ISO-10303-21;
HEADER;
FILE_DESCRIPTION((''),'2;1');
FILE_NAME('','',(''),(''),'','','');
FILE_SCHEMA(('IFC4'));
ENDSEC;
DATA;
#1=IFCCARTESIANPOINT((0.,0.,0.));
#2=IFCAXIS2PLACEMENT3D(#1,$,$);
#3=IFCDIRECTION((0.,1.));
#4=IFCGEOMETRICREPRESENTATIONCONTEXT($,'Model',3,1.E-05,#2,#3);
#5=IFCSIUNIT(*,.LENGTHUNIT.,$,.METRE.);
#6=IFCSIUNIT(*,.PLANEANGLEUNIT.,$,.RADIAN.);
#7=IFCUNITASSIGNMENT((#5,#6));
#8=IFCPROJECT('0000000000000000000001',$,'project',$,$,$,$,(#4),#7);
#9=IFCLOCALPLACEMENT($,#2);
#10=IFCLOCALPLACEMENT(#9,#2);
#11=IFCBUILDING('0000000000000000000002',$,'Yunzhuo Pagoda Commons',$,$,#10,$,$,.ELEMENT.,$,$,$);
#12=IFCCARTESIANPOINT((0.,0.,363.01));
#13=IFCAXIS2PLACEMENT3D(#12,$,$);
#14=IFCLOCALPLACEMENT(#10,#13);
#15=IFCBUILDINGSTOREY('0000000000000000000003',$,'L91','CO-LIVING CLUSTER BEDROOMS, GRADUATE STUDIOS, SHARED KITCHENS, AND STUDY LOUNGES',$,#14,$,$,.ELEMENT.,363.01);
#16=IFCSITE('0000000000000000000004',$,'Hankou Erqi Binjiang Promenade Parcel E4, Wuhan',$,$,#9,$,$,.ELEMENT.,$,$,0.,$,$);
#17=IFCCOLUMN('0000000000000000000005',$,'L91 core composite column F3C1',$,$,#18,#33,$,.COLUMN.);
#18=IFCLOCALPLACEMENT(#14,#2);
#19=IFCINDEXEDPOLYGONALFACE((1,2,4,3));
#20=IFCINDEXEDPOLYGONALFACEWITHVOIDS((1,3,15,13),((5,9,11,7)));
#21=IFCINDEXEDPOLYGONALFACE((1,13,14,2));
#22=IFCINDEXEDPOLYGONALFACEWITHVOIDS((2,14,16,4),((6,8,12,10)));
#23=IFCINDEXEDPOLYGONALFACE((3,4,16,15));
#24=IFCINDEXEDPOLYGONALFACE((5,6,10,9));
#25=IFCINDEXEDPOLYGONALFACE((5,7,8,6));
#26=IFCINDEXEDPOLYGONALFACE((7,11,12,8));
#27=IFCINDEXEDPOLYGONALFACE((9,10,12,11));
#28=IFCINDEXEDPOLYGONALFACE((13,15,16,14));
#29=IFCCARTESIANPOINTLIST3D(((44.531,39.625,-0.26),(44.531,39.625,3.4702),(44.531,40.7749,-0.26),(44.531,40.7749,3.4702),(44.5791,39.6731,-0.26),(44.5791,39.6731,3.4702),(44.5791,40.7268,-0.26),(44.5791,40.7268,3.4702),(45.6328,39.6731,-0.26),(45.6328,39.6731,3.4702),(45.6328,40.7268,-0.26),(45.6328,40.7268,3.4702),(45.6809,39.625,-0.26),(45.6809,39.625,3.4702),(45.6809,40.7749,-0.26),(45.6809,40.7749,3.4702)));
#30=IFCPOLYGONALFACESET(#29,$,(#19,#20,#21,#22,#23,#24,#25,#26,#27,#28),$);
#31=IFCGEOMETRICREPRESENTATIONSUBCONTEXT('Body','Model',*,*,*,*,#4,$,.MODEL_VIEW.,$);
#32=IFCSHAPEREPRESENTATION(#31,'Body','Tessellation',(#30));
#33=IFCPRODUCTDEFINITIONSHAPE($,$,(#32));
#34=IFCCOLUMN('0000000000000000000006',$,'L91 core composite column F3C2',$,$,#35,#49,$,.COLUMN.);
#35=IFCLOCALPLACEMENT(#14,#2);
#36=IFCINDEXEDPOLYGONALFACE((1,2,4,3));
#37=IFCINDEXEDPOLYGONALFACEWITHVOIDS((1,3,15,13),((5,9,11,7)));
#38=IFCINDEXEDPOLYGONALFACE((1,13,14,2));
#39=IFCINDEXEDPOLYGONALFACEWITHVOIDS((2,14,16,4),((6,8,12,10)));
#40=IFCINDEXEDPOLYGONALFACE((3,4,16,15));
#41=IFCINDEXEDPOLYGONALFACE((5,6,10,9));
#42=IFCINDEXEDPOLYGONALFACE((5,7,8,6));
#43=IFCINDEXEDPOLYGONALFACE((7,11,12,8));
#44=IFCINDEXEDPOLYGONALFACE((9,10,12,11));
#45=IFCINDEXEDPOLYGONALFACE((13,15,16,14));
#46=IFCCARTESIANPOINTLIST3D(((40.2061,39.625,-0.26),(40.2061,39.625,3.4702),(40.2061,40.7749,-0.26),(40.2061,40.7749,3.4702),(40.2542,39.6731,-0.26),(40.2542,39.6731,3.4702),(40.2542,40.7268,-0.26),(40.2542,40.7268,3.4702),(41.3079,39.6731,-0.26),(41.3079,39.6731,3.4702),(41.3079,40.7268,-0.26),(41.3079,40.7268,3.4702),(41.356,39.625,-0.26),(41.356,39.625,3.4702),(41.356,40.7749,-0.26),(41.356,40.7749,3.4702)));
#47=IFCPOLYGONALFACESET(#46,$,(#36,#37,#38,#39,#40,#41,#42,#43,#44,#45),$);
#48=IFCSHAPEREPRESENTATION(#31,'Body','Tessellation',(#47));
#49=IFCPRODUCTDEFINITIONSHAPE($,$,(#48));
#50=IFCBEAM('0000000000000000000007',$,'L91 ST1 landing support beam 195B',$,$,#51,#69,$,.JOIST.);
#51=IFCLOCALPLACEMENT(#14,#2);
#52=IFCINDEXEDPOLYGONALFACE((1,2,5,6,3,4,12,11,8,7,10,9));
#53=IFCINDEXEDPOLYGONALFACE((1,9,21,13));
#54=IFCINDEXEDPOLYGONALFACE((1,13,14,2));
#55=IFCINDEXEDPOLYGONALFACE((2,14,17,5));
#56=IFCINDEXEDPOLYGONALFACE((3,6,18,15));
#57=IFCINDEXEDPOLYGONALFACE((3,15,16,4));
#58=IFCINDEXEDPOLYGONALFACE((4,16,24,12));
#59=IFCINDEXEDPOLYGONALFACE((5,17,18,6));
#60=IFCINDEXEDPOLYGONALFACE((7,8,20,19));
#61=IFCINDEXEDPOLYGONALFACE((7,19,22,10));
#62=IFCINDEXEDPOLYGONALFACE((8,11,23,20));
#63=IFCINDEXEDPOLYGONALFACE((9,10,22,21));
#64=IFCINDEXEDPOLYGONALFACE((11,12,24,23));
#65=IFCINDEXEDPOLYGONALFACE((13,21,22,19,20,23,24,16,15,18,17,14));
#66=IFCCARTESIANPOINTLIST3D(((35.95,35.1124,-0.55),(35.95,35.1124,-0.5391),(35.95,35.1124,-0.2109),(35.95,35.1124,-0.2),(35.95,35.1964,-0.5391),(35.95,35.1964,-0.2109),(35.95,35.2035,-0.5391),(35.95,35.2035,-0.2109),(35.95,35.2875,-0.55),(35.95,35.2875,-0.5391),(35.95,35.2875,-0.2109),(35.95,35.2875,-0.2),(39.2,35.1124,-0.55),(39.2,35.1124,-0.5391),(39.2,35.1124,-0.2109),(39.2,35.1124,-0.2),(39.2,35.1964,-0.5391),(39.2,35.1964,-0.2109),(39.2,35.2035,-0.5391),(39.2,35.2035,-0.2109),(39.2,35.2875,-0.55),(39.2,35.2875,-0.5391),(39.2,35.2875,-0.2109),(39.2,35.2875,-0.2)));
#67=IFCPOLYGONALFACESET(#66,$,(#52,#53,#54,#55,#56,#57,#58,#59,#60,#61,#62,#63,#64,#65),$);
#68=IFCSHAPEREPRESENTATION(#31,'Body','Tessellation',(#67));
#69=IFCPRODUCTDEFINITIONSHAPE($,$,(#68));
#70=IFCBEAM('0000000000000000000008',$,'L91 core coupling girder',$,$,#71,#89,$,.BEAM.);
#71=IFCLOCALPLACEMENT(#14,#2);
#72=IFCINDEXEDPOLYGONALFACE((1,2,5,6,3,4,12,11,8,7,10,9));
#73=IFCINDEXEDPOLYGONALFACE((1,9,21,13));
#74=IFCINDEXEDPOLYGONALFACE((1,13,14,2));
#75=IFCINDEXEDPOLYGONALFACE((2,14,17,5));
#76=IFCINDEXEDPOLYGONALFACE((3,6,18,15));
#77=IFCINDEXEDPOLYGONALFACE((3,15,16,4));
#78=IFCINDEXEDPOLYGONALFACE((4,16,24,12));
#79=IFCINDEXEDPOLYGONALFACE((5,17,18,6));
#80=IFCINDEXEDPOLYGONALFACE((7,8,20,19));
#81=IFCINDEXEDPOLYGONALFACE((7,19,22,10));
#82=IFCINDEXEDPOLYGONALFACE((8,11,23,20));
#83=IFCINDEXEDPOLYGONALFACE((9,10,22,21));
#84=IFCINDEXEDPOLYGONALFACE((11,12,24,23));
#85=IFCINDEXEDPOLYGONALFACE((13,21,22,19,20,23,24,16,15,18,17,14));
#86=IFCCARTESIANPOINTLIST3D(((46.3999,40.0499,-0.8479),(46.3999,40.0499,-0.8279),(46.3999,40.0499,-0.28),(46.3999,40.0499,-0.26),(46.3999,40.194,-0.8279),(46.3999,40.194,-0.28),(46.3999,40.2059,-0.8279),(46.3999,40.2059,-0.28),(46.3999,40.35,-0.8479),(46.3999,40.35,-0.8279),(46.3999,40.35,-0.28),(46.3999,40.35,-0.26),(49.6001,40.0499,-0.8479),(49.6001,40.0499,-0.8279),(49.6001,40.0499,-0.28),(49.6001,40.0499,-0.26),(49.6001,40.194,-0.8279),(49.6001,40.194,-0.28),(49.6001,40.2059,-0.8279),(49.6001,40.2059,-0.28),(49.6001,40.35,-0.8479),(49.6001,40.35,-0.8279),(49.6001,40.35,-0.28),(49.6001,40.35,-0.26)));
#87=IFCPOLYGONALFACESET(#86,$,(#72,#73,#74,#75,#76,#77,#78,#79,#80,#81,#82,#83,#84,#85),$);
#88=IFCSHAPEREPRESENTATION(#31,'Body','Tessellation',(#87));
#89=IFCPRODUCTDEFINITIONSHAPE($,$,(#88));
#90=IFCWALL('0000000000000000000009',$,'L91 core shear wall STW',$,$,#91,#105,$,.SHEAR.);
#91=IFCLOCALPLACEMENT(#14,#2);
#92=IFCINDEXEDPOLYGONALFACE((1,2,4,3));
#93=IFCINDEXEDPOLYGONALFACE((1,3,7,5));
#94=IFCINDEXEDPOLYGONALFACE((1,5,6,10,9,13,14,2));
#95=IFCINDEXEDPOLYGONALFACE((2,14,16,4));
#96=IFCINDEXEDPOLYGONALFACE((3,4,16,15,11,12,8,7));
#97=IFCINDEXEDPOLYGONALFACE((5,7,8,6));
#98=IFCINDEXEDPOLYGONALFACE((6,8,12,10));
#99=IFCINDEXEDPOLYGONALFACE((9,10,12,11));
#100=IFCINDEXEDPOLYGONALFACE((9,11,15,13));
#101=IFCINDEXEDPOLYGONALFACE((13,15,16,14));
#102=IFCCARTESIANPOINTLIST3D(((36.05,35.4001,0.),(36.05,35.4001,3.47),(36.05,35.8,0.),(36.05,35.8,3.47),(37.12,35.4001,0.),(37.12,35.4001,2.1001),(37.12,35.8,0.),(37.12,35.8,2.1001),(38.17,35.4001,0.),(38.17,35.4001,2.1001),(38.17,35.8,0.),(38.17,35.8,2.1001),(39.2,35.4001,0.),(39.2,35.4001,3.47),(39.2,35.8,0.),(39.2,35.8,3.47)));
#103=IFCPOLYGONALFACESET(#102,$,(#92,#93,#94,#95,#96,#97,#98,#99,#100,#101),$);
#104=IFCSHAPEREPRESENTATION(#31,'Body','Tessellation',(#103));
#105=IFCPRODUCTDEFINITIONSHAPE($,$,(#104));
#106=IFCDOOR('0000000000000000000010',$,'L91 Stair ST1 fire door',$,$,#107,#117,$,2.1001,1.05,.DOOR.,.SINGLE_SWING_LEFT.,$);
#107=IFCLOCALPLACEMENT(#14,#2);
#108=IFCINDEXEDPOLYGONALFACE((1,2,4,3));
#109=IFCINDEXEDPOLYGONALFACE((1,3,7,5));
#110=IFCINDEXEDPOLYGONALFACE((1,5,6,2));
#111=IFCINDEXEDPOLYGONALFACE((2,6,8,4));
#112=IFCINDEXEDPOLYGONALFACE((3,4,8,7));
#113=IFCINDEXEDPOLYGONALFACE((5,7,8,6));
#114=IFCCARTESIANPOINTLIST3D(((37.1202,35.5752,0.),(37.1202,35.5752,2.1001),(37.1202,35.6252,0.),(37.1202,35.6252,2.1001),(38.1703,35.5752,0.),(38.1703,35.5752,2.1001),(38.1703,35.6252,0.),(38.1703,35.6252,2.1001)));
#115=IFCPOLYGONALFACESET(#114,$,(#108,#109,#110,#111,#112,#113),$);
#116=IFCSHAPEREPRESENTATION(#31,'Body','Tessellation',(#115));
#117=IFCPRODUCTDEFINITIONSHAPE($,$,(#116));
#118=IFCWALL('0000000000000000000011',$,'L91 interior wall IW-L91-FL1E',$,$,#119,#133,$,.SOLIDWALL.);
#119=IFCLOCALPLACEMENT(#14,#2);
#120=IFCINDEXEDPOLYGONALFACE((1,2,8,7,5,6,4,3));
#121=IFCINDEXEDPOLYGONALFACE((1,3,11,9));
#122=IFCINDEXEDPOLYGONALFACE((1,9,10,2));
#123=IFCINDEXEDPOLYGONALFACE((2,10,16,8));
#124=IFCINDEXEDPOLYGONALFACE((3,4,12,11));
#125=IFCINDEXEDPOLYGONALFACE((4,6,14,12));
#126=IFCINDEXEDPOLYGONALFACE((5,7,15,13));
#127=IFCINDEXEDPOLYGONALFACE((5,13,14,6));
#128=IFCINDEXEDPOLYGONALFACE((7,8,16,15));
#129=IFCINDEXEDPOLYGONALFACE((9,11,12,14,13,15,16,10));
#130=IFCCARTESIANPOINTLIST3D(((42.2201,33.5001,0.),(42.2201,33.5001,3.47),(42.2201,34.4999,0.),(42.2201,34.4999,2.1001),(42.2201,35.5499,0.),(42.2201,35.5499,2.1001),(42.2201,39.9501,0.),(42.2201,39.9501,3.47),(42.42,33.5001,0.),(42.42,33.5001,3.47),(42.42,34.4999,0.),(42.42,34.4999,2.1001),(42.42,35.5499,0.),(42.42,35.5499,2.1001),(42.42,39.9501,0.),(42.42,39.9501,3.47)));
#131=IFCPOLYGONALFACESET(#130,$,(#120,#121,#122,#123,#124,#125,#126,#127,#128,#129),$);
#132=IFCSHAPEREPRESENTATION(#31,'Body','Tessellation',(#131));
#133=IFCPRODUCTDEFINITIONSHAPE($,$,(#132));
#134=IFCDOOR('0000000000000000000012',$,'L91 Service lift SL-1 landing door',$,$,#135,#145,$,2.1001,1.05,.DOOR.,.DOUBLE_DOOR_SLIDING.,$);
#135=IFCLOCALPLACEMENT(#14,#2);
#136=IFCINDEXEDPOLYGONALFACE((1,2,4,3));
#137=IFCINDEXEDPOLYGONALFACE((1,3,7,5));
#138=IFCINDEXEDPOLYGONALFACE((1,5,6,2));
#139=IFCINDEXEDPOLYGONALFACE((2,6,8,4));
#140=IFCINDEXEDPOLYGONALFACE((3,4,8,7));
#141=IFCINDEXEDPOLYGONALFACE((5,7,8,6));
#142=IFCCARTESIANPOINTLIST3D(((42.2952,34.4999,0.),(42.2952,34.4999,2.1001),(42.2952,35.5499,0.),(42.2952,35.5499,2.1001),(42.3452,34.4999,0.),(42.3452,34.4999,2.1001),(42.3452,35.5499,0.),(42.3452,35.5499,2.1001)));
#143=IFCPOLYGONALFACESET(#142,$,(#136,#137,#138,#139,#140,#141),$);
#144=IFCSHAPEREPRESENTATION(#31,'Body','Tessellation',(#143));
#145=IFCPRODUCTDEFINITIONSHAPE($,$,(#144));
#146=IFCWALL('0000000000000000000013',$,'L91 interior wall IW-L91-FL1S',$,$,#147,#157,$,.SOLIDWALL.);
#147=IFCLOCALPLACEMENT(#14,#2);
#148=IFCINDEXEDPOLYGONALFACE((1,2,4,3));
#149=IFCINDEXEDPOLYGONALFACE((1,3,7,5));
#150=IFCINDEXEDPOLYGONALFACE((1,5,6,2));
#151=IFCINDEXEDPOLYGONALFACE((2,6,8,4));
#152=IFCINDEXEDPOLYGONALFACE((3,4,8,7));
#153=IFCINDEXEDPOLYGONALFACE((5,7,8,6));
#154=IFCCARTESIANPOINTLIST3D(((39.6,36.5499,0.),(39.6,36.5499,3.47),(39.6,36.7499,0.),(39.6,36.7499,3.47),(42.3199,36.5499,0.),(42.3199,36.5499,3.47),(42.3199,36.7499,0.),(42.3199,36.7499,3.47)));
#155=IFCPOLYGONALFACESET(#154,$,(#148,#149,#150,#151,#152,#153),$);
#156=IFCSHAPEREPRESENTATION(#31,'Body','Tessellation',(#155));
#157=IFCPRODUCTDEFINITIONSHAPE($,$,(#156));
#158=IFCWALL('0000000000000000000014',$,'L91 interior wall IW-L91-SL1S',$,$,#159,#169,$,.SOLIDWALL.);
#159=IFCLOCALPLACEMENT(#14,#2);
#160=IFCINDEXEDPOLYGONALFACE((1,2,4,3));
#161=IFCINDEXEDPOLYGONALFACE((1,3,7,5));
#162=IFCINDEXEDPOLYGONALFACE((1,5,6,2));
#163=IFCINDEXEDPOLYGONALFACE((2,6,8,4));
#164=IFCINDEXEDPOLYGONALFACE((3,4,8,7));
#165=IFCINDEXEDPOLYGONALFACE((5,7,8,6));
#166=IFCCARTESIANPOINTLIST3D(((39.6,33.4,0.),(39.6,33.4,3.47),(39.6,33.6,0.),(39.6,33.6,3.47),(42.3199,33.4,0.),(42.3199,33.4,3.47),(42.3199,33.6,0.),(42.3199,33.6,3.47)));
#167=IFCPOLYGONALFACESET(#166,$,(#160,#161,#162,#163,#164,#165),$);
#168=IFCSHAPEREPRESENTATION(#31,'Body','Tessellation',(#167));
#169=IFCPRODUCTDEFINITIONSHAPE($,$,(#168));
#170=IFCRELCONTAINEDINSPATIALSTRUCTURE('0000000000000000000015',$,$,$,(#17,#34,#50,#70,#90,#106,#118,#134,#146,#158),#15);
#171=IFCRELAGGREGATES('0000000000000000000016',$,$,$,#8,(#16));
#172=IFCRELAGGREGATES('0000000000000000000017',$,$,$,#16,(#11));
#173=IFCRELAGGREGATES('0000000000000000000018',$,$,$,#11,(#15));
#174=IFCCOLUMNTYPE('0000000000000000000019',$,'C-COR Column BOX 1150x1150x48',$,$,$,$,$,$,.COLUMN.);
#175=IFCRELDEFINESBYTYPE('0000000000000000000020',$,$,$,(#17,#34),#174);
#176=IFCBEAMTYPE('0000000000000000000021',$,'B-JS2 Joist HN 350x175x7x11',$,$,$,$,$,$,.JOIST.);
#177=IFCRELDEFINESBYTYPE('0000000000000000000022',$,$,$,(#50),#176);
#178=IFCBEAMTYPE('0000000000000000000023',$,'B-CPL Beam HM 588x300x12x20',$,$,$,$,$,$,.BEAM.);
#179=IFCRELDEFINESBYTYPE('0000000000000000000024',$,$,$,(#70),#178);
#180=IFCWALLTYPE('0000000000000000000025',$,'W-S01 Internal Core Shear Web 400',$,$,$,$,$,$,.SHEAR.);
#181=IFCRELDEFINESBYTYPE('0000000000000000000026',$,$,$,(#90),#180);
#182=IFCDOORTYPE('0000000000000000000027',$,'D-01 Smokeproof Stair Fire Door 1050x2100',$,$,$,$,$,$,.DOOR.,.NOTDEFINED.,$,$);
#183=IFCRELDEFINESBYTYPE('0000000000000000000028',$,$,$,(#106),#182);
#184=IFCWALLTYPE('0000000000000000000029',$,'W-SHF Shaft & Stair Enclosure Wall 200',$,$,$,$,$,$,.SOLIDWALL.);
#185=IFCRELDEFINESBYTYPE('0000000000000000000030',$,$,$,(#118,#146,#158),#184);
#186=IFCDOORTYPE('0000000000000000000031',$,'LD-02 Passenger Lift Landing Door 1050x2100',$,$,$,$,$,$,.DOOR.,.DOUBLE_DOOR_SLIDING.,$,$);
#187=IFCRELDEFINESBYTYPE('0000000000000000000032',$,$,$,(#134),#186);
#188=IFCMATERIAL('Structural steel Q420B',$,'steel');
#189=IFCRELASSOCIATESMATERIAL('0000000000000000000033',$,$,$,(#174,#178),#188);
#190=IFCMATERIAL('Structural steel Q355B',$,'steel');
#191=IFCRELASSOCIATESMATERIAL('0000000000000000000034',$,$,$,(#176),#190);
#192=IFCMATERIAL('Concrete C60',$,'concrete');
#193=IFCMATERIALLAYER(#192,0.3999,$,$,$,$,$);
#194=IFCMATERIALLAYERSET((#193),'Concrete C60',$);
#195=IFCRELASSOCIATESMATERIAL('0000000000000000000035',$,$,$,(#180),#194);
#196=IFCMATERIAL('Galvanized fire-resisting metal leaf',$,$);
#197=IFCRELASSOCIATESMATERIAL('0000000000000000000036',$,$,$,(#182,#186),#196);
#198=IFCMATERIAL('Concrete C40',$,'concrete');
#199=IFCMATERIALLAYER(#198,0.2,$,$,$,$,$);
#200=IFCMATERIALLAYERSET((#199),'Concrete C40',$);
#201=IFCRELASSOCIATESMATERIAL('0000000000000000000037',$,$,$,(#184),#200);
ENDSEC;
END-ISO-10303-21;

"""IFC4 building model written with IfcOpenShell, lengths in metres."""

from ifc_helpers import new_model, si_unit, direction, frame, frame_2d, origin, origin_with_axes, origin_2d, place, context, subcontext, project, spatial, rectangle, hollow_rectangle, i_section, extrude, source, transform, mapped, material, layer, layer_set, material_profile, profile_set, type_object, element, fill, save


model = new_model("IFC4")

# Units and contexts
model_context = context("Model", 3, precision=1e-05, world=origin(), true_north=direction((0.0, 1.0)))
body_context = subcontext(model_context, "Body", "Model", "MODEL_VIEW")
ifc_project = project(units=[si_unit("LENGTHUNIT", "METRE"), si_unit("PLANEANGLEUNIT", "RADIAN")], contexts=[model_context])

# Site, building, storey
site_placement = place(None, origin())
site = spatial("IfcSite", under=ifc_project, at=site_placement, Name="Hankou Erqi Binjiang Promenade Parcel E4, Wuhan", CompositionType="ELEMENT", RefElevation=0.0)
building_placement = place(site_placement, origin())
building = spatial("IfcBuilding", under=site, at=building_placement, Name="Yunzhuo Pagoda Commons", CompositionType="ELEMENT")
storey_placement = place(building_placement, frame((0.0, 0.0, 363.01)))
storey = spatial("IfcBuildingStorey", under=building, at=storey_placement, Name="L91", Description="CO-LIVING CLUSTER BEDROOMS, GRADUATE STUDIOS, SHARED KITCHENS, AND STUDY LOUNGES", CompositionType="ELEMENT", Elevation=363.01)

# Columns
ifc_material_1 = material(Name="Structural steel Q420B", Category="steel")
ifc_material_profile_1 = material_profile(ifc_material_1, hollow_rectangle(XDim=1.1499, YDim=1.1499, WallThickness=0.0481, at=origin_2d()), Name="Structural steel Q420B")
ifc_profile_set_1 = profile_set([ifc_material_profile_1], Name="Structural steel Q420B")
column_type = type_object("IfcColumnType", Name="C-COR Column BOX 1150x1150x48", PredefinedType="COLUMN", material=ifc_profile_set_1)
shared_shape_1 = source(origin(), body_context, "Body", "SweptSolid", [
    extrude(hollow_rectangle(XDim=1.1499, YDim=1.1499, WallThickness=0.0481, at=origin_2d()), origin(), (0.0, 0.0, 1.0), 3.7302),
])
for number, where, z_axis, x_axis, name in (
    (1, (45.106, 40.2, -0.26), (0.0, 0.0, 1.0), (1.0, 0.0, 0.0), "L91 core composite column F3C1"),
    (2, (40.781, 40.2, -0.26), (0.0, 0.0, 1.0), (1.0, 0.0, 0.0), "L91 core composite column F3C2"),
):
    element("IfcColumn", number, at=place(storey_placement, frame(where, z_axis=z_axis, x_axis=x_axis)), inside=storey, type_object=column_type, Name=name, PredefinedType="COLUMN", context=body_context, shape_type="MappedRepresentation", body=[
        mapped(shared_shape_1, transform((0.0, 0.0, 0.0), scale=1.0)),
    ])

# Beams
ifc_material_2 = material(Name="Structural steel Q355B", Category="steel")
ifc_material_profile_2 = material_profile(ifc_material_2, i_section(OverallWidth=0.175, OverallDepth=0.3501, WebThickness=0.0071, FlangeThickness=0.011, at=origin_2d()), Name="Structural steel Q355B")
ifc_profile_set_2 = profile_set([ifc_material_profile_2], Name="Structural steel Q355B")
beam_type_1 = type_object("IfcBeamType", Name="B-JS2 Joist HN 350x175x7x11", PredefinedType="JOIST", material=ifc_profile_set_2)
shared_shape_2 = source(origin(), body_context, "Body", "SweptSolid", [
    extrude(i_section(OverallWidth=0.175, OverallDepth=0.3501, WebThickness=0.0071, FlangeThickness=0.011, at=origin_2d()), origin(), (0.0, 0.0, 1.0), 3.25),
])
beam_1_placement = place(storey_placement, frame((35.95, 35.2, -0.375), z_axis=(1.0, 0.0, 0.0), x_axis=(0.0, 1.0, 0.0)))
element("IfcBeam", 3, at=beam_1_placement, inside=storey, type_object=beam_type_1, Name="L91 ST1 landing support beam 195B", PredefinedType="JOIST", context=body_context, shape_type="MappedRepresentation", body=[
    mapped(shared_shape_2, transform((0.0, 0.0, 0.0), scale=1.0)),
])
ifc_material_profile_3 = material_profile(ifc_material_1, i_section(OverallWidth=0.3, OverallDepth=0.5879, WebThickness=0.012, FlangeThickness=0.02, at=origin_2d()), Name="Structural steel Q420B")
ifc_profile_set_3 = profile_set([ifc_material_profile_3], Name="Structural steel Q420B")
beam_type_2 = type_object("IfcBeamType", Name="B-CPL Beam HM 588x300x12x20", PredefinedType="BEAM", material=ifc_profile_set_3)
shared_shape_3 = source(origin(), body_context, "Body", "SweptSolid", [
    extrude(i_section(OverallWidth=0.3, OverallDepth=0.5879, WebThickness=0.012, FlangeThickness=0.02, at=origin_2d()), origin(), (0.0, 0.0, 1.0), 3.2002),
])
beam_2_placement = place(storey_placement, frame((46.3999, 40.2, -0.554), z_axis=(1.0, 0.0, 0.0), x_axis=(0.0, 1.0, 0.0)))
element("IfcBeam", 4, at=beam_2_placement, inside=storey, type_object=beam_type_2, Name="L91 core coupling girder", PredefinedType="BEAM", context=body_context, shape_type="MappedRepresentation", body=[
    mapped(shared_shape_3, transform((0.0, 0.0, 0.0), scale=1.0)),
])

# Walls, openings, doors
ifc_material_3 = material(Name="Concrete C60", Category="concrete")
ifc_layer_1 = layer(ifc_material_3, 0.3999)
ifc_layer_set_1 = layer_set([ifc_layer_1], Name="Concrete C60")
wall_type_1 = type_object("IfcWallType", Name="W-S01 Internal Core Shear Web 400", PredefinedType="SHEAR", material=ifc_layer_set_1)
wall_1_placement = place(storey_placement, frame((36.05, 35.6001, 0.0), z_axis=(0.0, 0.0, 1.0), x_axis=(1.0, 0.0, 0.0)))
wall_1 = element("IfcWall", 5, at=wall_1_placement, inside=storey, type_object=wall_type_1, Name="L91 core shear wall STW", PredefinedType="SHEAR", context=body_context, shape_type="SweptSolid", body=[
    extrude(rectangle(XDim=3.1499, YDim=0.3999, at=frame_2d((1.575, 0.0))), origin(), (0.0, 0.0, 1.0), 3.47),
])
opening_1_placement = place(wall_1_placement, frame((1.0701, 0.0, 0.0)))
opening_1 = element("IfcOpeningElement", 6, at=opening_1_placement, cuts=wall_1, PredefinedType="OPENING", context=body_context, shape_type="SweptSolid", body=[
    extrude(rectangle(XDim=1.05, YDim=2.1001, at=frame_2d((0.5249, 1.05))), frame((0.0, 0.21, 0.0), z_axis=(0.0, -1.0, 0.0), x_axis=(1.0, 0.0, 0.0)), (0.0, 0.0, 1.0), 0.4199),
])
ifc_material_4 = material(Name="Galvanized fire-resisting metal leaf")
door_type_1 = type_object("IfcDoorType", Name="D-01 Smokeproof Stair Fire Door 1050x2100", OperationType="NOTDEFINED", PredefinedType="DOOR", material=ifc_material_4)
shared_shape_4 = source(origin(), body_context, "Body", "SweptSolid", [
    extrude(rectangle(XDim=1.05, YDim=2.1001, at=frame_2d((0.5249, 1.05))), frame((0.0, 0.0249, 0.0), z_axis=(0.0, -1.0, 0.0), x_axis=(1.0, 0.0, 0.0)), (0.0, 0.0, 1.0), 0.05),
])
door_1_placement = place(opening_1_placement, frame((1.05, 0.0, 0.0), z_axis=(0.0, 0.0, 1.0), x_axis=(-1.0, 0.0, 0.0)))
door_1 = element("IfcDoor", 7, at=door_1_placement, inside=storey, type_object=door_type_1, Name="L91 Stair ST1 fire door", OperationType="SINGLE_SWING_LEFT", OverallHeight=2.1001, OverallWidth=1.05, PredefinedType="DOOR", context=body_context, shape_type="MappedRepresentation", body=[
    mapped(shared_shape_4, transform((0.0, 0.0, 0.0), scale=1.0)),
])
fill(opening_1, door_1)
ifc_material_5 = material(Name="Concrete C40", Category="concrete")
ifc_layer_2 = layer(ifc_material_5, 0.2)
ifc_layer_set_2 = layer_set([ifc_layer_2], Name="Concrete C40")
wall_type_2 = type_object("IfcWallType", Name="W-SHF Shaft & Stair Enclosure Wall 200", PredefinedType="SOLIDWALL", material=ifc_layer_set_2)
wall_2_placement = place(storey_placement, frame((42.3201, 33.5, 0.0), z_axis=(0.0, 0.0, 1.0), x_axis=(0.0, 1.0, 0.0)))
wall_2 = element("IfcWall", 8, at=wall_2_placement, inside=storey, type_object=wall_type_2, Name="L91 interior wall IW-L91-FL1E", PredefinedType="SOLIDWALL", context=body_context, shape_type="SweptSolid", body=[
    extrude(rectangle(XDim=6.45, YDim=0.2, at=frame_2d((3.2251, 0.0))), origin(), (0.0, 0.0, 1.0), 3.47),
])
opening_2_placement = place(wall_2_placement, frame((1.0, 0.0, 0.0)))
opening_2 = element("IfcOpeningElement", 9, at=opening_2_placement, cuts=wall_2, PredefinedType="OPENING", context=body_context, shape_type="SweptSolid", body=[
    extrude(rectangle(XDim=1.05, YDim=2.1001, at=frame_2d((0.5249, 1.05))), frame((0.0, 0.1099, 0.0), z_axis=(0.0, -1.0, 0.0), x_axis=(1.0, 0.0, 0.0)), (0.0, 0.0, 1.0), 0.22),
])
door_type_2 = type_object("IfcDoorType", Name="LD-02 Passenger Lift Landing Door 1050x2100", OperationType="DOUBLE_DOOR_SLIDING", PredefinedType="DOOR", material=ifc_material_4)
door_2_placement = place(opening_2_placement, origin_with_axes())
door_2 = element("IfcDoor", 10, at=door_2_placement, inside=storey, type_object=door_type_2, Name="L91 Service lift SL-1 landing door", OperationType="DOUBLE_DOOR_SLIDING", OverallHeight=2.1001, OverallWidth=1.05, PredefinedType="DOOR", context=body_context, shape_type="MappedRepresentation", body=[
    mapped(shared_shape_4, transform((0.0, 0.0, 0.0), scale=1.0)),
])
fill(opening_2, door_2)

# Walls
for number, where, z_axis, x_axis, name in (
    (11, (39.6001, 36.6499, 0.0), (0.0, 0.0, 1.0), (1.0, 0.0, 0.0), "L91 interior wall IW-L91-FL1S"),
    (12, (39.6001, 33.5, 0.0), (0.0, 0.0, 1.0), (1.0, 0.0, 0.0), "L91 interior wall IW-L91-SL1S"),
):
    element("IfcWall", number, at=place(storey_placement, frame(where, z_axis=z_axis, x_axis=x_axis)), inside=storey, type_object=wall_type_2, Name=name, PredefinedType="SOLIDWALL", context=body_context, shape_type="SweptSolid", body=[
        extrude(rectangle(XDim=2.72, YDim=0.2, at=frame_2d((1.3599, 0.0))), origin(), (0.0, 0.0, 1.0), 3.47),
    ])

save(model, "model.ifc")
